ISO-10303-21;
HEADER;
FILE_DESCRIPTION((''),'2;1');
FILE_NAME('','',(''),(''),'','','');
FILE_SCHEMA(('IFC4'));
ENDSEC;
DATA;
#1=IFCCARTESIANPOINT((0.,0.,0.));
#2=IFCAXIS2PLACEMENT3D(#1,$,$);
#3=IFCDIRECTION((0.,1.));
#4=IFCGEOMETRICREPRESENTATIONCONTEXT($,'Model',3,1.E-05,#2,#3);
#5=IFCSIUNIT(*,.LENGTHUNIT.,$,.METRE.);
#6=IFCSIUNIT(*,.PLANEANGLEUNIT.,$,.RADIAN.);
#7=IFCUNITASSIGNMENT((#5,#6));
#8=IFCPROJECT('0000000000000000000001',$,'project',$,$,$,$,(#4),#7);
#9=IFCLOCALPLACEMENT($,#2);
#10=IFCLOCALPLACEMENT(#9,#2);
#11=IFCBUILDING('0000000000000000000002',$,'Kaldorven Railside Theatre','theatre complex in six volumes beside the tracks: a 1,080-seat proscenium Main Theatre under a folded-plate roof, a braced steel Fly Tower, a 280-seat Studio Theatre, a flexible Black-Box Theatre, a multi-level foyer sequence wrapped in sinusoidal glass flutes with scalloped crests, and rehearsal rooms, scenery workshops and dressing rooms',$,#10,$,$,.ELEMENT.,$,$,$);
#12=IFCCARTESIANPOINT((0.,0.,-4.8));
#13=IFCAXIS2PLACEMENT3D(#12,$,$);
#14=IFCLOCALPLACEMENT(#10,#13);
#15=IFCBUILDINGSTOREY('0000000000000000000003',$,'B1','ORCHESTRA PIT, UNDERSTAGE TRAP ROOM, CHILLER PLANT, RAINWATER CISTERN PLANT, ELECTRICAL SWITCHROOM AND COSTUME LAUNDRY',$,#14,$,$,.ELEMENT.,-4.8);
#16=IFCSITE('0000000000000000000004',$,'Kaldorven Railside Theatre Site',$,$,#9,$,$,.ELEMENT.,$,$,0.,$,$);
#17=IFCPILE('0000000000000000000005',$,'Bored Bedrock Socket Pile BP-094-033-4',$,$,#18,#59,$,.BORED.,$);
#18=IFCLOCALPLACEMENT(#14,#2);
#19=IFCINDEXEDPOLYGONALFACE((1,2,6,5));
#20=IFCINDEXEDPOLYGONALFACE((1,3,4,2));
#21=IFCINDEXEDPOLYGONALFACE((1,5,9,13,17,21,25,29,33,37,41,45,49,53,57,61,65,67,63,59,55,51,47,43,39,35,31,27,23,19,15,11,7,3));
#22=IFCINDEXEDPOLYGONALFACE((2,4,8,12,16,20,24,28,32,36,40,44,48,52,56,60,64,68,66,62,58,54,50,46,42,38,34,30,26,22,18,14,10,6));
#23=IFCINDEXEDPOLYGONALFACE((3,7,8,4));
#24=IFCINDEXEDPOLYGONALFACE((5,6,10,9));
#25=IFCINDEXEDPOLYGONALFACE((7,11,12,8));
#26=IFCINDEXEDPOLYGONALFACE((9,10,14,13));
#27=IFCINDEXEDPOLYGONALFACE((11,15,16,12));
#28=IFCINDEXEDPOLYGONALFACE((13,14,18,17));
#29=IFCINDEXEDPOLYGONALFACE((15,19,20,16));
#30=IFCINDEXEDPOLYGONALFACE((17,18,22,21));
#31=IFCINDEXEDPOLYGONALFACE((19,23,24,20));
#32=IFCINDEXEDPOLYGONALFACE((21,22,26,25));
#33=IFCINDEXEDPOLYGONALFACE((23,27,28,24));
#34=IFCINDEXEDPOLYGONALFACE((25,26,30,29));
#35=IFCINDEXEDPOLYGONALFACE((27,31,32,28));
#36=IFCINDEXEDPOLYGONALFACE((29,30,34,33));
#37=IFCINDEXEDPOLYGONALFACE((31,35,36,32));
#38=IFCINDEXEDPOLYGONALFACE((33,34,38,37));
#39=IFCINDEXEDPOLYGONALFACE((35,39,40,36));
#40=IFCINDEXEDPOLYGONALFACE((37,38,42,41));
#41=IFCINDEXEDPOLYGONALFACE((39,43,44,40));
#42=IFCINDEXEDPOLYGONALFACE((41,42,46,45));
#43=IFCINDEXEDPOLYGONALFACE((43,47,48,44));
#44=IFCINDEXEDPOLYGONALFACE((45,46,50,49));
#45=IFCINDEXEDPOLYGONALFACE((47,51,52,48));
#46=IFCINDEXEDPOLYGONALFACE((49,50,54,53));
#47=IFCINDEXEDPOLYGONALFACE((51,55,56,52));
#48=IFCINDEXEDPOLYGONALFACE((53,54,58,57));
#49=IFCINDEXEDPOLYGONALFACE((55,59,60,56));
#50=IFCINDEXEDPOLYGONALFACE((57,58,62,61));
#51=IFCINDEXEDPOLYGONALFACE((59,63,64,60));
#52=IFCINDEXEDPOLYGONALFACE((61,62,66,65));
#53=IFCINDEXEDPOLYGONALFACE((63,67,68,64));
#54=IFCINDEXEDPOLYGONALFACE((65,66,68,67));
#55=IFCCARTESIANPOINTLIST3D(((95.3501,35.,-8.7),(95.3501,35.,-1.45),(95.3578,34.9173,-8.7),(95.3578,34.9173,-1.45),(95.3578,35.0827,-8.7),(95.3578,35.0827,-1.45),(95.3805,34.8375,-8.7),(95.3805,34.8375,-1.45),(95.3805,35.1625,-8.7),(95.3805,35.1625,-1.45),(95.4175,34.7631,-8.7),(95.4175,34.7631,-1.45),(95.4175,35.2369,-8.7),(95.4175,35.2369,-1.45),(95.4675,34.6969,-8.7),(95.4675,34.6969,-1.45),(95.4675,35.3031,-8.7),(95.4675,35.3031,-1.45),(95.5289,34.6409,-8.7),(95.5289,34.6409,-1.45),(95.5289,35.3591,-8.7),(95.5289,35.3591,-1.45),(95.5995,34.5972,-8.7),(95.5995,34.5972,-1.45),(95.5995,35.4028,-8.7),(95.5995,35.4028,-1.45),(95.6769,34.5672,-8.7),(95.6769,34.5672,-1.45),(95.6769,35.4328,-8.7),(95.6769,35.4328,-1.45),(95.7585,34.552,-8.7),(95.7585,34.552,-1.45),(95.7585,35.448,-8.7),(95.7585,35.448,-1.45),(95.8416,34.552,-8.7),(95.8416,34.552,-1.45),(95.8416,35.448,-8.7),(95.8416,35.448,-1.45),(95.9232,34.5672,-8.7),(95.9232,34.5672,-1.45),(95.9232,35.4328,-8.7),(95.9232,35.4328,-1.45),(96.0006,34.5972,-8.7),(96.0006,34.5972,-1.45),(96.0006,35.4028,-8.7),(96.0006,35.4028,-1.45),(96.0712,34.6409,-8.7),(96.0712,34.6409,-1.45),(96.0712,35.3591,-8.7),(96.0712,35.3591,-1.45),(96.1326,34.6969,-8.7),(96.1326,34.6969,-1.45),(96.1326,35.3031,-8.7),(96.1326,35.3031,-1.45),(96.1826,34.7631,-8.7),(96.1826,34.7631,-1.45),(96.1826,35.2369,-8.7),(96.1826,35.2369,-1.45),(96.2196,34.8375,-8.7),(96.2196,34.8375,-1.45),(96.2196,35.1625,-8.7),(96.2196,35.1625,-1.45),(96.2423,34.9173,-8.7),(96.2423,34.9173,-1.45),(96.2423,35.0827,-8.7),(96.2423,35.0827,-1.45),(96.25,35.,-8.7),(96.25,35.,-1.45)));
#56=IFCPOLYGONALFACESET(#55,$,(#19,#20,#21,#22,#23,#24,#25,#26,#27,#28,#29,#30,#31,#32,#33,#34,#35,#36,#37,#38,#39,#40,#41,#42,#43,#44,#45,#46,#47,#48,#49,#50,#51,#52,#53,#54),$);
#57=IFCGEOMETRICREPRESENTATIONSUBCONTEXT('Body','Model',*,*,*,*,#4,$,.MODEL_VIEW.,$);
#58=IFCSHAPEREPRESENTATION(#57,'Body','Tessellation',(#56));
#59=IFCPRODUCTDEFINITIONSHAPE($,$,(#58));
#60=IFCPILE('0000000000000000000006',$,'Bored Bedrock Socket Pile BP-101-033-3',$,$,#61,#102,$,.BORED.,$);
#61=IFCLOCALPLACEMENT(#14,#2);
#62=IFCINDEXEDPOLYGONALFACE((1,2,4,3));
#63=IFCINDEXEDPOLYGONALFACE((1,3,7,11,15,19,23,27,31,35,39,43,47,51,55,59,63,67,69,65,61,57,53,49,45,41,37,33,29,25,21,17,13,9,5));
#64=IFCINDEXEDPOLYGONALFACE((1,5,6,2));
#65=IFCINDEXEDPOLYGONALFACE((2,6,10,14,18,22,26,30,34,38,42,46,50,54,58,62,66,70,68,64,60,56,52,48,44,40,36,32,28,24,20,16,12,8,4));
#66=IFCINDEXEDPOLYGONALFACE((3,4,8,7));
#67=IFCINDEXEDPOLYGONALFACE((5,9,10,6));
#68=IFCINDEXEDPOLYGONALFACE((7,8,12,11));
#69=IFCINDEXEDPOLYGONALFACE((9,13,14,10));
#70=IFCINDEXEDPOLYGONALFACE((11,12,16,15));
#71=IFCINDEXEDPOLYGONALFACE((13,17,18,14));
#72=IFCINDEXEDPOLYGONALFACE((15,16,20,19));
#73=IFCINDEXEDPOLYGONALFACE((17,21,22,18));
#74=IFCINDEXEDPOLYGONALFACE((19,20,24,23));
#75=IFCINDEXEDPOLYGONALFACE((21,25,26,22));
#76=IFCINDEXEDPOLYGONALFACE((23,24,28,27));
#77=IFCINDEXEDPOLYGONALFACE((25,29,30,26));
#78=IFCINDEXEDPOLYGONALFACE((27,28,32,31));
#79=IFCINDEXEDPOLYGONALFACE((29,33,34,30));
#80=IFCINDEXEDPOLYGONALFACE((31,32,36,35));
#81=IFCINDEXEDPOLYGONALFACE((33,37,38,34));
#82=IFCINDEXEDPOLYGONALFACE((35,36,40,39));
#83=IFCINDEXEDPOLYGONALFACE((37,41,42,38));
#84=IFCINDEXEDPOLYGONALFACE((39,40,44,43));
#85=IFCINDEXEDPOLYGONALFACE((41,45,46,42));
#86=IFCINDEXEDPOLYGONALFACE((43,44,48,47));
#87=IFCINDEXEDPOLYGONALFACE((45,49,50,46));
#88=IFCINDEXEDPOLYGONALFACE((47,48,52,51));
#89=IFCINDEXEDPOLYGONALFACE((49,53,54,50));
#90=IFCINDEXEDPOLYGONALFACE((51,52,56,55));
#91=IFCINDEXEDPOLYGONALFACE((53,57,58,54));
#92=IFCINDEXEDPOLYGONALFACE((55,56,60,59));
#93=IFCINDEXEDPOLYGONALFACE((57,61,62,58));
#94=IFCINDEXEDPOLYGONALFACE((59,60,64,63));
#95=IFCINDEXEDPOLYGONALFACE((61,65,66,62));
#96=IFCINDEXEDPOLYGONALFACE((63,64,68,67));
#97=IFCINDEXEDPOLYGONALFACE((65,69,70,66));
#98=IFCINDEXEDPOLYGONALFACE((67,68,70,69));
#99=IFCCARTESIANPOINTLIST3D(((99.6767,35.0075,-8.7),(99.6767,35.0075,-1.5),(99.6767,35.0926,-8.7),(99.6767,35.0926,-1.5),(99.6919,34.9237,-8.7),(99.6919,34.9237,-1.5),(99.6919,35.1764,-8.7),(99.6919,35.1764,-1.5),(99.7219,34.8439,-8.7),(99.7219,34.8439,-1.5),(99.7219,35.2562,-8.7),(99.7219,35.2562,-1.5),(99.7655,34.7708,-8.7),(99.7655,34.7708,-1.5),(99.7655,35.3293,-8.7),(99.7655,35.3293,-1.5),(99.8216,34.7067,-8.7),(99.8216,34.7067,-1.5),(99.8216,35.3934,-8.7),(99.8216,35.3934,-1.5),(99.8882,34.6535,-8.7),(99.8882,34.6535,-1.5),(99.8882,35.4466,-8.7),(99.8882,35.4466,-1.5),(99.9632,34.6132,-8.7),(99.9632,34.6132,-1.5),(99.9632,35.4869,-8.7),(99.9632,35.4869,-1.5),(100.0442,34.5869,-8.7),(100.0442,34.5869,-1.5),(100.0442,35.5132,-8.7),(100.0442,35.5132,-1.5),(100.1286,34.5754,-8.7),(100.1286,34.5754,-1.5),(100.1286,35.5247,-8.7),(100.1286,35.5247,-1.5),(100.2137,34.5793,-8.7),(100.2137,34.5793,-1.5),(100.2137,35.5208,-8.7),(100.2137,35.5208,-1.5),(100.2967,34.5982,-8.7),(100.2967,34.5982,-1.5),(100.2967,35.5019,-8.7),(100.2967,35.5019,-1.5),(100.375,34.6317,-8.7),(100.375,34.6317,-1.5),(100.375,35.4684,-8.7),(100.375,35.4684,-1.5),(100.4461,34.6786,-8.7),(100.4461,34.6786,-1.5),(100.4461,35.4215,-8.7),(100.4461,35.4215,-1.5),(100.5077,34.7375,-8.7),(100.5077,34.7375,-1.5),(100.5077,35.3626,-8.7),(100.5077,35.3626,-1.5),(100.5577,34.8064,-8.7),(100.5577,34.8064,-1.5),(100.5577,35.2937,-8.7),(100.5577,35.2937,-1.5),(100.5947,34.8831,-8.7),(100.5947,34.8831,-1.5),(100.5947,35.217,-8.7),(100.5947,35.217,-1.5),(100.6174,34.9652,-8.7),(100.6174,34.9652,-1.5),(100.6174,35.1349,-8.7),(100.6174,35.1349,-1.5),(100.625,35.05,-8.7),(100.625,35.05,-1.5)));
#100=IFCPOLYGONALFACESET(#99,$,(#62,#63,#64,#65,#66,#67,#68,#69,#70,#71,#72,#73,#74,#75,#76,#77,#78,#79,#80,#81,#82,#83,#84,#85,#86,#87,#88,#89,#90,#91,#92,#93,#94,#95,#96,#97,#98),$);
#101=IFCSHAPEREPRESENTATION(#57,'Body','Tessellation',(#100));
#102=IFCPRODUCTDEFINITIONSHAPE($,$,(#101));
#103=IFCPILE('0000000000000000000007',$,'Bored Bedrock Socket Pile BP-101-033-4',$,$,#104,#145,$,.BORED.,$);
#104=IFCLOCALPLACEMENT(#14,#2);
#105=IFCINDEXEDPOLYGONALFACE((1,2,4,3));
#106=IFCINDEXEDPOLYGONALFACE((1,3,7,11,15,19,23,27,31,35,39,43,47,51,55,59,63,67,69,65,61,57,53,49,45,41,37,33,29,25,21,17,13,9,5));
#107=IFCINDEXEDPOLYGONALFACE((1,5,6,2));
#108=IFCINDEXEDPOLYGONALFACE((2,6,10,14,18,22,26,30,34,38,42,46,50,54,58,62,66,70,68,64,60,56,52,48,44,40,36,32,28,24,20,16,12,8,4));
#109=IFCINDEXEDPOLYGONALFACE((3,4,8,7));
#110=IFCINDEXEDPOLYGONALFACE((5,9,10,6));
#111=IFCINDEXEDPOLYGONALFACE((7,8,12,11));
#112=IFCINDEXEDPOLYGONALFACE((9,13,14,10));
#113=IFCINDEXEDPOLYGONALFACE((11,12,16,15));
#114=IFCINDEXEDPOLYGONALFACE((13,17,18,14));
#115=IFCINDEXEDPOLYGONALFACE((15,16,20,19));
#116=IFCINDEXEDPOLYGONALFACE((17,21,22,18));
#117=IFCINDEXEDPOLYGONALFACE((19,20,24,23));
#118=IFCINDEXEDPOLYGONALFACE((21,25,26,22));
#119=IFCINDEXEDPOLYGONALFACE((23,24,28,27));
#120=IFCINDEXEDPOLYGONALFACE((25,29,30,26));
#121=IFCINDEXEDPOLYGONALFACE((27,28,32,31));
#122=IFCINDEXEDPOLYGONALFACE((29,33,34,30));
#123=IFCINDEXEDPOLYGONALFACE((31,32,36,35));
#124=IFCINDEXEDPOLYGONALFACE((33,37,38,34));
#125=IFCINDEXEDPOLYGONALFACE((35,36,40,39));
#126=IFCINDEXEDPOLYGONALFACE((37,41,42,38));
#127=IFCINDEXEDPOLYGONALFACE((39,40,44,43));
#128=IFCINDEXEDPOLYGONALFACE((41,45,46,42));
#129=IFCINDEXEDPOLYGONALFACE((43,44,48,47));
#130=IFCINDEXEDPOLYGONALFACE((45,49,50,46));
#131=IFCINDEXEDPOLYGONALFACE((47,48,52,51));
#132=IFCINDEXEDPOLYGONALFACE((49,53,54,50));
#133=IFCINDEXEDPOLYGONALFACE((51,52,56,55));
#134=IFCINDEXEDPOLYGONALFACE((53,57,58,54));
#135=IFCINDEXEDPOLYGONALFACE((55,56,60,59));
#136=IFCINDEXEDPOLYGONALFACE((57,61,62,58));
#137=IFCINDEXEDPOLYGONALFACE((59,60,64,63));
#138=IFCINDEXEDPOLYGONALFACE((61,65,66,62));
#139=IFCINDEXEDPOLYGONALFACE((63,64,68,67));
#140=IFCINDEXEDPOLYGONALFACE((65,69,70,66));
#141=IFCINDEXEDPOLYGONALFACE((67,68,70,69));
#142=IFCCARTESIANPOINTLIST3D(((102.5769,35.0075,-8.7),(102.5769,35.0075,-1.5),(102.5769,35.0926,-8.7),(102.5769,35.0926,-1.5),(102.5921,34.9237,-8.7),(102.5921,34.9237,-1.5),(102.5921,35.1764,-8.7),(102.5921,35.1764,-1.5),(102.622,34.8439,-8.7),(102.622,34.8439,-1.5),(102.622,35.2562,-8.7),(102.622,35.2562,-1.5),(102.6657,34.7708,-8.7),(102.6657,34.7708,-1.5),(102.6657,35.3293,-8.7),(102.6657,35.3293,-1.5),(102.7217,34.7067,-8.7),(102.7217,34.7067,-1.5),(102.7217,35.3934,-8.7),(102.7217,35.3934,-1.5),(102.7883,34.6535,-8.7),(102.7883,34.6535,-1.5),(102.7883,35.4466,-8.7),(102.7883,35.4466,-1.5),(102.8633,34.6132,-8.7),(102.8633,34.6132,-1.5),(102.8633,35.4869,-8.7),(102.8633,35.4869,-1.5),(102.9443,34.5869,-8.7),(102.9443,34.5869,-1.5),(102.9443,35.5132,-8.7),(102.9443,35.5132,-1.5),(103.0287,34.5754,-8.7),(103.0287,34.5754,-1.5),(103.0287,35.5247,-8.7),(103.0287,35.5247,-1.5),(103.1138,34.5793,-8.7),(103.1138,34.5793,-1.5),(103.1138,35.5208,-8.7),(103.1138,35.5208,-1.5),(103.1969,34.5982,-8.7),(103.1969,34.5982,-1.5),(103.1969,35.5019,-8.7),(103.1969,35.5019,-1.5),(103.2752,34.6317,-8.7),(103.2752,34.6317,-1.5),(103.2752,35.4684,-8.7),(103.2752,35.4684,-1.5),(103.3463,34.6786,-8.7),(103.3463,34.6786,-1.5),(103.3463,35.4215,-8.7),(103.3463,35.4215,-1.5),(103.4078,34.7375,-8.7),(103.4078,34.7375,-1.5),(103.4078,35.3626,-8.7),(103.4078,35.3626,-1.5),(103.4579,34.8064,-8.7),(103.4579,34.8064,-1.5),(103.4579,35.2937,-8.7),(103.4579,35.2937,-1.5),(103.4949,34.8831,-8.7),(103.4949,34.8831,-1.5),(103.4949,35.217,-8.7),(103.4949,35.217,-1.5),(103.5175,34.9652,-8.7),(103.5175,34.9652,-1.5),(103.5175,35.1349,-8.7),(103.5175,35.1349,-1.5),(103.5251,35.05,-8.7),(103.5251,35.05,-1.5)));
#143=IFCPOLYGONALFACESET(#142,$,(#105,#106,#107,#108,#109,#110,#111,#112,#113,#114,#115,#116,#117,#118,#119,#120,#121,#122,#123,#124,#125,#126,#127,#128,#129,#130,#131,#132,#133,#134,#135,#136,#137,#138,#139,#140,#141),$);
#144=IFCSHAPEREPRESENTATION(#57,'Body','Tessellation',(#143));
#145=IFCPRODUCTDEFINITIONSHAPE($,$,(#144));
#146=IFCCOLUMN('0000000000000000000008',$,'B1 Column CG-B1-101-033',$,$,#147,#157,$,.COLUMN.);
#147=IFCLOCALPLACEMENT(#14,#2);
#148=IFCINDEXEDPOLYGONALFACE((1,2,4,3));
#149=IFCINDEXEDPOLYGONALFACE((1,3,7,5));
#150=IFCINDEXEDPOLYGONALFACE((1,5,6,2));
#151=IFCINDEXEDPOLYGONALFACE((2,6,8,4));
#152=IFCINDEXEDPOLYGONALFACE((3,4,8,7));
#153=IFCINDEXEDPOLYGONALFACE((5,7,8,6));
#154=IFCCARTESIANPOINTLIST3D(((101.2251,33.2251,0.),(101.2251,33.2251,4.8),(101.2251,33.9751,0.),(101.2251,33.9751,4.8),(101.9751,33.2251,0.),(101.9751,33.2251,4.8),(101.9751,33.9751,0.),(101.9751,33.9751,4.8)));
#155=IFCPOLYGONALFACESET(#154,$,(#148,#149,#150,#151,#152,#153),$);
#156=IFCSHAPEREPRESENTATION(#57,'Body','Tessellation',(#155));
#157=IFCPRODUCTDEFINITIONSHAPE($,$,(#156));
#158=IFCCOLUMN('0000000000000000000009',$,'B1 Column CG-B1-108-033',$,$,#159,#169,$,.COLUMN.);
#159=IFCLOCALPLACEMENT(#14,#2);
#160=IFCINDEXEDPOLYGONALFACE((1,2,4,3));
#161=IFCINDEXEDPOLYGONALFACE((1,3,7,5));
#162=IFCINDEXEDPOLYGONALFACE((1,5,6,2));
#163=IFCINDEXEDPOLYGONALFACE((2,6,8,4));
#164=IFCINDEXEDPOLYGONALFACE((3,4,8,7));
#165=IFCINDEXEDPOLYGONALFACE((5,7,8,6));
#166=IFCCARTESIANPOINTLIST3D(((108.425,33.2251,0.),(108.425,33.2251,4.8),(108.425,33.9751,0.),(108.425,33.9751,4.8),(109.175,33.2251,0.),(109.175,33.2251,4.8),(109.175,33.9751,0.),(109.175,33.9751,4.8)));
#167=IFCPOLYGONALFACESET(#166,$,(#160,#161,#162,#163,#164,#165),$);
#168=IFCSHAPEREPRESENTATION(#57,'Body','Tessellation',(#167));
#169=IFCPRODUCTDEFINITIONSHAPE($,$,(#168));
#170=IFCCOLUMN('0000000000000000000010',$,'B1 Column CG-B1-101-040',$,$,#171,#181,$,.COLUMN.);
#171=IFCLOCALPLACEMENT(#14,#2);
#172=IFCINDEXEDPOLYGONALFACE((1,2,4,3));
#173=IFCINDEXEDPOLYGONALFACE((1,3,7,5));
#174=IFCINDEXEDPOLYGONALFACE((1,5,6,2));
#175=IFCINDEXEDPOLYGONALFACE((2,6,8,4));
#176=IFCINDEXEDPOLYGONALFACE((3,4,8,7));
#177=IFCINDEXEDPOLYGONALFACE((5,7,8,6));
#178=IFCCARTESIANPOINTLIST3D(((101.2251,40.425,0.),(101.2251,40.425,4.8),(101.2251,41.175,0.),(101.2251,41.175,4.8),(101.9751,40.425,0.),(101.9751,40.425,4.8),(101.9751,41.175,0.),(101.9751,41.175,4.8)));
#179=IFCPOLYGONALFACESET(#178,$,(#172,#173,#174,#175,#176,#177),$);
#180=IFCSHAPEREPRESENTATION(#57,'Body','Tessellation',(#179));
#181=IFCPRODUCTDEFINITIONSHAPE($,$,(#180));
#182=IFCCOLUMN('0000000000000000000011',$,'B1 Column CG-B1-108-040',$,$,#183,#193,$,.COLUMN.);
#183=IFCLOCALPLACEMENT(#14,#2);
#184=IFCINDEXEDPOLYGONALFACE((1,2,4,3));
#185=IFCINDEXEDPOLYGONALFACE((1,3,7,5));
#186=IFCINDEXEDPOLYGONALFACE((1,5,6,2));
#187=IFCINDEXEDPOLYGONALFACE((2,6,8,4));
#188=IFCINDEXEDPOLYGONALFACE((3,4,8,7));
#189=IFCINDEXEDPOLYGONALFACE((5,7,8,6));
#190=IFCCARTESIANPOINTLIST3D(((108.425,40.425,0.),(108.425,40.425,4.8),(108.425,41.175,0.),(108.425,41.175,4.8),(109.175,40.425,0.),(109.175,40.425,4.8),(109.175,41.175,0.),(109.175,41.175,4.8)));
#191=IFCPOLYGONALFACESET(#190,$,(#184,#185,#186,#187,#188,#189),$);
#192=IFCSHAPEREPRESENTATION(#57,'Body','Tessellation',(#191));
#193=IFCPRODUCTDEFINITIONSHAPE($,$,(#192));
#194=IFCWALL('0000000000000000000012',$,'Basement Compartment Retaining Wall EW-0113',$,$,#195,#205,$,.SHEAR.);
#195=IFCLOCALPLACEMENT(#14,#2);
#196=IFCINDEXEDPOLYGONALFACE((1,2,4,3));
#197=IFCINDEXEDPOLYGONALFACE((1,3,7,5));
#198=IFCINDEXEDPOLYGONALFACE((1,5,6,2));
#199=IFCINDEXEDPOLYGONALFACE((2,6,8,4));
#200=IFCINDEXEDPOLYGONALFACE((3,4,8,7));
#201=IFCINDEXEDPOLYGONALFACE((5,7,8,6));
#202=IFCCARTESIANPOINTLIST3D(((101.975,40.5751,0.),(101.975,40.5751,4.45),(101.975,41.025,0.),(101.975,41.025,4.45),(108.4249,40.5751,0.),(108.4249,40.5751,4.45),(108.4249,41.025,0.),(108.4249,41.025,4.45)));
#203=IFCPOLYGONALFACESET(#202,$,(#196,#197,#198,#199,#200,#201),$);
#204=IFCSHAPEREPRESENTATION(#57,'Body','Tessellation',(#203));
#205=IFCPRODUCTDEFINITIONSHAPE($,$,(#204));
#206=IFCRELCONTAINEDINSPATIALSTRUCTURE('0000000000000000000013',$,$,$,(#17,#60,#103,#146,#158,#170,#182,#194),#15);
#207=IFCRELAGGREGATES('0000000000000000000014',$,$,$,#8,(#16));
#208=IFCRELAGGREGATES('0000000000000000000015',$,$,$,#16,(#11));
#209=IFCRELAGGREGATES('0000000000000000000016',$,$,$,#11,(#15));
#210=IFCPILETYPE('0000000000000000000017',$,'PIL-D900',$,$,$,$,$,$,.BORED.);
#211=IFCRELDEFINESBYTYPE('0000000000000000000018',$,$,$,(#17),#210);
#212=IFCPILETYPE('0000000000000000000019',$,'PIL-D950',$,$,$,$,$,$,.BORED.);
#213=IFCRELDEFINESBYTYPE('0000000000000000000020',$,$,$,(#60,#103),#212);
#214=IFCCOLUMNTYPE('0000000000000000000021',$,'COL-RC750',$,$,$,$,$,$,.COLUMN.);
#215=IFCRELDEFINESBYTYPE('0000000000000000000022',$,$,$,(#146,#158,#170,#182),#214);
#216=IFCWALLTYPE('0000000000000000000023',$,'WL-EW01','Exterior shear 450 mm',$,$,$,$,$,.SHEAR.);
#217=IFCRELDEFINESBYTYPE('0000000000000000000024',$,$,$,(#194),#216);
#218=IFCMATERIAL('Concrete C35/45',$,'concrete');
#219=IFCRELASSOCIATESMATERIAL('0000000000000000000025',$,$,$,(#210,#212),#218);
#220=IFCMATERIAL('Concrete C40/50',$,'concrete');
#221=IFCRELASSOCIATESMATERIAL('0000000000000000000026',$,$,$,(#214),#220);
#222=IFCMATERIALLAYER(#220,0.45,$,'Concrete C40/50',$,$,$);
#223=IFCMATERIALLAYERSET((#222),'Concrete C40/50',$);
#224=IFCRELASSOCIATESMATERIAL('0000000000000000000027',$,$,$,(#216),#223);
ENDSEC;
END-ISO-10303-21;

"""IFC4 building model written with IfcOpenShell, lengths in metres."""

from ifc_helpers import new_model, si_unit, direction, frame, frame_2d, origin, origin_2d, place, context, subcontext, project, spatial, rectangle, circle, extrude, material, layer, layer_set, material_profile, profile_set, type_object, element, save


model = new_model("IFC4")

# Units and contexts
model_context = context("Model", 3, precision=1e-05, world=origin(), true_north=direction((0.0, 1.0)))
body_context = subcontext(model_context, "Body", "Model", "MODEL_VIEW")
ifc_project = project(units=[si_unit("LENGTHUNIT", "METRE"), si_unit("PLANEANGLEUNIT", "RADIAN")], contexts=[model_context])

# Site, building, storey
site_placement = place(None, origin())
site = spatial("IfcSite", under=ifc_project, at=site_placement, Name="Kaldorven Railside Theatre Site", CompositionType="ELEMENT", RefElevation=0.0)
building_placement = place(site_placement, origin())
building = spatial("IfcBuilding", under=site, at=building_placement, Name="Kaldorven Railside Theatre", Description="theatre complex in six volumes beside the tracks: a 1,080-seat proscenium Main Theatre under a folded-plate roof, a braced steel Fly Tower, a 280-seat Studio Theatre, a flexible Black-Box Theatre, a multi-level foyer sequence wrapped in sinusoidal glass flutes with scalloped crests, and rehearsal rooms, scenery workshops and dressing rooms", CompositionType="ELEMENT")
storey_placement = place(building_placement, frame((0.0, 0.0, -4.8)))
storey = spatial("IfcBuildingStorey", under=building, at=storey_placement, Name="B1", Description="ORCHESTRA PIT, UNDERSTAGE TRAP ROOM, CHILLER PLANT, RAINWATER CISTERN PLANT, ELECTRICAL SWITCHROOM AND COSTUME LAUNDRY", CompositionType="ELEMENT", Elevation=-4.8)

# Shared definitions
ifc_material_1 = material(Name="Concrete C40/50", Category="concrete")

# Piles
ifc_material_2 = material(Name="Concrete C35/45", Category="concrete")
ifc_material_profile_1 = material_profile(ifc_material_2, circle(Radius=0.45, at=origin_2d()), Name="BP D900")
ifc_profile_set_1 = profile_set([ifc_material_profile_1], Name="Concrete C35/45")
pile_type_1 = type_object("IfcPileType", Name="PIL-D900", PredefinedType="BORED", material=ifc_profile_set_1)
for number, where, z_axis, x_axis, name in (
    (1, (95.8, 35.0, -1.45), (0.0, 0.0, -1.0), (1.0, 0.0, 0.0), "Bored Bedrock Socket Pile BP-094-033-4"),
):
    element("IfcPile", number, at=place(storey_placement, frame(where, z_axis=z_axis, x_axis=x_axis)), inside=storey, type_object=pile_type_1, Name=name, PredefinedType="BORED", context=body_context, shape_type="SweptSolid", body=[
        extrude(circle(Radius=0.45, at=origin_2d()), origin(), (0.0, 0.0, 1.0), 7.25),
    ])
ifc_material_profile_2 = material_profile(ifc_material_2, circle(Radius=0.4751, at=origin_2d()), Name="BP D950")
ifc_profile_set_2 = profile_set([ifc_material_profile_2], Name="Concrete C35/45")
pile_type_2 = type_object("IfcPileType", Name="PIL-D950", PredefinedType="BORED", material=ifc_profile_set_2)
for number, where, z_axis, x_axis, name in (
    (2, (100.1499, 35.05, -1.5), (0.0, 0.0, -1.0), (1.0, 0.0, 0.0), "Bored Bedrock Socket Pile BP-101-033-3"),
    (3, (103.05, 35.05, -1.5), (0.0, 0.0, -1.0), (1.0, 0.0, 0.0), "Bored Bedrock Socket Pile BP-101-033-4"),
):
    element("IfcPile", number, at=place(storey_placement, frame(where, z_axis=z_axis, x_axis=x_axis)), inside=storey, type_object=pile_type_2, Name=name, PredefinedType="BORED", context=body_context, shape_type="SweptSolid", body=[
        extrude(circle(Radius=0.4751, at=origin_2d()), origin(), (0.0, 0.0, 1.0), 7.2),
    ])

# Columns
ifc_material_profile_3 = material_profile(ifc_material_1, rectangle(XDim=0.75, YDim=0.75, at=origin_2d()), Name="RC 750x750")
ifc_profile_set_3 = profile_set([ifc_material_profile_3], Name="Concrete C40/50")
column_type = type_object("IfcColumnType", Name="COL-RC750", PredefinedType="COLUMN", material=ifc_profile_set_3)
for number, where, z_axis, x_axis, name in (
    (4, (101.6001, 33.6001, 0.0), (0.0, 0.0, 1.0), (0.0, 1.0, 0.0), "B1 Column CG-B1-101-033"),
    (5, (108.8, 33.6001, 0.0), (0.0, 0.0, 1.0), (1.0, 0.0, 0.0), "B1 Column CG-B1-108-033"),
    (6, (101.6001, 40.8, 0.0), (0.0, 0.0, 1.0), (1.0, 0.0, 0.0), "B1 Column CG-B1-101-040"),
    (7, (108.8, 40.8, 0.0), (0.0, 0.0, 1.0), (0.0, 1.0, 0.0), "B1 Column CG-B1-108-040"),
):
    element("IfcColumn", number, at=place(storey_placement, frame(where, z_axis=z_axis, x_axis=x_axis)), inside=storey, type_object=column_type, Name=name, PredefinedType="COLUMN", context=body_context, shape_type="SweptSolid", body=[
        extrude(rectangle(XDim=0.75, YDim=0.75, at=origin_2d()), origin(), (0.0, 0.0, 1.0), 4.8),
    ])

# Wall
ifc_layer = layer(ifc_material_1, 0.45, Name="Concrete C40/50")
ifc_layer_set = layer_set([ifc_layer], Name="Concrete C40/50")
wall_type = type_object("IfcWallType", Name="WL-EW01", Description="Exterior shear 450 mm", PredefinedType="SHEAR", material=ifc_layer_set)
wall_1_placement = place(storey_placement, frame((108.425, 40.8, 0.0), z_axis=(0.0, 0.0, 1.0), x_axis=(-1.0, 0.0, 0.0)))
element("IfcWall", 8, at=wall_1_placement, inside=storey, type_object=wall_type, Name="Basement Compartment Retaining Wall EW-0113", PredefinedType="SHEAR", context=body_context, shape_type="SweptSolid", body=[
    extrude(rectangle(XDim=6.45, YDim=0.45, at=frame_2d((3.2251, 0.0))), origin(), (0.0, 0.0, 1.0), 4.45),
])

save(model, "model.ifc")
